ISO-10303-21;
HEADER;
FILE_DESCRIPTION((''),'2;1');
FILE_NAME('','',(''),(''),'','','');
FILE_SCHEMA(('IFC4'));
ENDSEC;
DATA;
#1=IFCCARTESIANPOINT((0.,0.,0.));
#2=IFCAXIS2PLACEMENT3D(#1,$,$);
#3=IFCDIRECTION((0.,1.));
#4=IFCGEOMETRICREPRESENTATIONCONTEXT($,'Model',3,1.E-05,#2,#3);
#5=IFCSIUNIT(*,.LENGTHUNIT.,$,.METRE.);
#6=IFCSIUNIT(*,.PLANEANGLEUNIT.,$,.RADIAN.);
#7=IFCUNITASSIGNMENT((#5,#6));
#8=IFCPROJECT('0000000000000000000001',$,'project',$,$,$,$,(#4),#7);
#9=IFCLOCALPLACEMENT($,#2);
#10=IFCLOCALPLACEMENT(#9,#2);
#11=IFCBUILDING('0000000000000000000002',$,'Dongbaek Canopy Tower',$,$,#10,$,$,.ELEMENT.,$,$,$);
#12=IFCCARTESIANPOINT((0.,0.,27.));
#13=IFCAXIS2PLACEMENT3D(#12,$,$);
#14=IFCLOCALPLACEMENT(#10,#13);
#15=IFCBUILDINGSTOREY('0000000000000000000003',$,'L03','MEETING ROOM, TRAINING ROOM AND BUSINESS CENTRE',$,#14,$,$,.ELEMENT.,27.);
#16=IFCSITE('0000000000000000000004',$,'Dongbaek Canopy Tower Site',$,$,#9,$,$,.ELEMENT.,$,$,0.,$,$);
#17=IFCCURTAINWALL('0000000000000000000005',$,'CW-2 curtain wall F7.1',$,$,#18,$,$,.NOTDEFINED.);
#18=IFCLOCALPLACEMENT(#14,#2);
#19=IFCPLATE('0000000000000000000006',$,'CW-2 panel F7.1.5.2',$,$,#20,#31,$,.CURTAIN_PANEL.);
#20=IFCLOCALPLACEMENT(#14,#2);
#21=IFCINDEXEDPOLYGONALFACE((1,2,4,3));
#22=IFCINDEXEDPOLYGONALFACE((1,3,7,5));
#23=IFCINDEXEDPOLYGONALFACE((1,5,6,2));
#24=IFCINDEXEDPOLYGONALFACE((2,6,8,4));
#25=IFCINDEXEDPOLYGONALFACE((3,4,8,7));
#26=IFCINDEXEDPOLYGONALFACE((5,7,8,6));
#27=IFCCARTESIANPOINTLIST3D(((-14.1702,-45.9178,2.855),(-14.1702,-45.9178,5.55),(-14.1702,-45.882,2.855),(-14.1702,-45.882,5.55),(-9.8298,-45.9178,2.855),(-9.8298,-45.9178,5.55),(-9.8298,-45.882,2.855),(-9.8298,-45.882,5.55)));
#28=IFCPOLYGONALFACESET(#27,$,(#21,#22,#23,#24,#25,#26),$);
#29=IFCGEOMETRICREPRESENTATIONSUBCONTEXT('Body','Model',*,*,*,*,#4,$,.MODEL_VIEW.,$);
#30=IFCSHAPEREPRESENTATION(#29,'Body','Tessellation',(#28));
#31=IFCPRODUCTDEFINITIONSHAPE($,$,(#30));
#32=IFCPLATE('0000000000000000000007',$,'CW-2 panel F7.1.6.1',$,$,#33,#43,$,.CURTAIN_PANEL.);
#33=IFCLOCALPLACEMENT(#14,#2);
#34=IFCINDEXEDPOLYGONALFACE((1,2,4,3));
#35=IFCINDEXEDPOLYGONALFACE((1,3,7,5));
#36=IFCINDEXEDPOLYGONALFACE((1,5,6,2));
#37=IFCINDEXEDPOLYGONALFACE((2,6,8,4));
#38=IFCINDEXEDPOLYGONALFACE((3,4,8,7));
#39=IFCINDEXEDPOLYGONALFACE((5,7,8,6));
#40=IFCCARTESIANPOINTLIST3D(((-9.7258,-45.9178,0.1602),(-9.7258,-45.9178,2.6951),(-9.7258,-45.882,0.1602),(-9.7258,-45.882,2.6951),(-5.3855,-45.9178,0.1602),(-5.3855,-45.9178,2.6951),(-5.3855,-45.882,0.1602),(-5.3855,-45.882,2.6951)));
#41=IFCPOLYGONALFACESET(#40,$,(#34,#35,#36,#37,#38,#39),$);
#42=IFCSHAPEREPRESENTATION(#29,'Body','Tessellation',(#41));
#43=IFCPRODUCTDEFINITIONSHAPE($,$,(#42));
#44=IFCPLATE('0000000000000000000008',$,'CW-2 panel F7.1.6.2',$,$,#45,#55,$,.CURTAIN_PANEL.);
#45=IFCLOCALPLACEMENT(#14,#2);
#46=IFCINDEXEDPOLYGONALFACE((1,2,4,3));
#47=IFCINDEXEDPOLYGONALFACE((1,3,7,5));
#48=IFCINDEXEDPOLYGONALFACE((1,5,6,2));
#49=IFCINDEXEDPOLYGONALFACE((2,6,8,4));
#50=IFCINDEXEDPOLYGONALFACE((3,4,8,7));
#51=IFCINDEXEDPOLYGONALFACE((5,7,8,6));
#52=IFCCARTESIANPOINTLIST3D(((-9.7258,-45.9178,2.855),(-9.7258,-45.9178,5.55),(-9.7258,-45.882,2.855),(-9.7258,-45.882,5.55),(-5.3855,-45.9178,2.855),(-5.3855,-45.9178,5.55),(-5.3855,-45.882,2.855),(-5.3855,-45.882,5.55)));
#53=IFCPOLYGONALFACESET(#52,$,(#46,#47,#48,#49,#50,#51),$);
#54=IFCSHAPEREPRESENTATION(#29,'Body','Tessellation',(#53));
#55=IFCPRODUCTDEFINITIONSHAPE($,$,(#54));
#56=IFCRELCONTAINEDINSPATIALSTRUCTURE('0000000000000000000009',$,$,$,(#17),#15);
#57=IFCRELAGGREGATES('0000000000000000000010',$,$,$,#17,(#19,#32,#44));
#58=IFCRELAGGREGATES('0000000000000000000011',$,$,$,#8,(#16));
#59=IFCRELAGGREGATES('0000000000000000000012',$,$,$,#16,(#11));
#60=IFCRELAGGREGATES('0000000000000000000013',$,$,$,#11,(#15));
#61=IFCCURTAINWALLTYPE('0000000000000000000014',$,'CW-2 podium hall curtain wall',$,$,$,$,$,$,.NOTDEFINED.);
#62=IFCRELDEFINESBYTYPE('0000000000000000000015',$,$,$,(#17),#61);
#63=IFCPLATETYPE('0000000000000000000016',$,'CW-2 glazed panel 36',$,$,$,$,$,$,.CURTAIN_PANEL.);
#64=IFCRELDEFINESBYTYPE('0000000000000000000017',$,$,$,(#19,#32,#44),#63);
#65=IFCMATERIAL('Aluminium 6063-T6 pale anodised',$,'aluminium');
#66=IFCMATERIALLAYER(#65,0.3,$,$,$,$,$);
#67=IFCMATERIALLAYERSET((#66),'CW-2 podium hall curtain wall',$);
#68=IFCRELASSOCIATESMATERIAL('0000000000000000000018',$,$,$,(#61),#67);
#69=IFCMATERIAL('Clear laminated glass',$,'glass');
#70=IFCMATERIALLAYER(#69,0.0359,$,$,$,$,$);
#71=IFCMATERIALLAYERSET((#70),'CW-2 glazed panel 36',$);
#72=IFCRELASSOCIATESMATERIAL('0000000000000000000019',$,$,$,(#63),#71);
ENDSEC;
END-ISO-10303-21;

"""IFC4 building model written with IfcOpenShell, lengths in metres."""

from ifc_helpers import new_model, si_unit, direction, frame, origin, origin_2d, place, context, subcontext, project, spatial, rectangle, extrude, material, layer, layer_set, type_object, element, aggregate, save


model = new_model("IFC4")

# Units and contexts
model_context = context("Model", 3, precision=1e-05, world=origin(), true_north=direction((0.0, 1.0)))
body_context = subcontext(model_context, "Body", "Model", "MODEL_VIEW")
ifc_project = project(units=[si_unit("LENGTHUNIT", "METRE"), si_unit("PLANEANGLEUNIT", "RADIAN")], contexts=[model_context])

# Site, building, storey
site_placement = place(None, origin())
site = spatial("IfcSite", under=ifc_project, at=site_placement, Name="Dongbaek Canopy Tower Site", CompositionType="ELEMENT", RefElevation=0.0)
building_placement = place(site_placement, origin())
building = spatial("IfcBuilding", under=site, at=building_placement, Name="Dongbaek Canopy Tower", CompositionType="ELEMENT")
storey_placement = place(building_placement, frame((0.0, 0.0, 27.0)))
storey = spatial("IfcBuildingStorey", under=building, at=storey_placement, Name="L03", Description="MEETING ROOM, TRAINING ROOM AND BUSINESS CENTRE", CompositionType="ELEMENT", Elevation=27.0)

# Curtain wall, plates
ifc_material_1 = material(Name="Aluminium 6063-T6 pale anodised", Category="aluminium")
ifc_layer_1 = layer(ifc_material_1, 0.3)
ifc_layer_set_1 = layer_set([ifc_layer_1], Name="CW-2 podium hall curtain wall")
curtain_wall_type = type_object("IfcCurtainWallType", Name="CW-2 podium hall curtain wall", PredefinedType="NOTDEFINED", material=ifc_layer_set_1)
curtain_wall_placement = place(storey_placement, origin())
curtain_wall = element("IfcCurtainWall", 1, at=curtain_wall_placement, inside=storey, type_object=curtain_wall_type, Name="CW-2 curtain wall F7.1", PredefinedType="NOTDEFINED")
ifc_material_2 = material(Name="Clear laminated glass", Category="glass")
ifc_layer_2 = layer(ifc_material_2, 0.0359)
ifc_layer_set_2 = layer_set([ifc_layer_2], Name="CW-2 glazed panel 36")
plate_type = type_object("IfcPlateType", Name="CW-2 glazed panel 36", PredefinedType="CURTAIN_PANEL", material=ifc_layer_set_2)
plate_1_placement = place(storey_placement, frame((-12.0, -45.8999, 2.855), z_axis=(0.0, 0.0, 1.0), x_axis=(1.0, 0.0, 0.0)))
plate_1 = element("IfcPlate", 2, at=plate_1_placement, type_object=plate_type, Name="CW-2 panel F7.1.5.2", PredefinedType="CURTAIN_PANEL", context=body_context, shape_type="SweptSolid", body=[
    extrude(rectangle(XDim=4.3403, YDim=0.0359, at=origin_2d()), origin(), (0.0, 0.0, 1.0), 2.6951),
])
plate_2_placement = place(storey_placement, frame((-7.5557, -45.8999, 0.1602), z_axis=(0.0, 0.0, 1.0), x_axis=(1.0, 0.0, 0.0)))
plate_2 = element("IfcPlate", 3, at=plate_2_placement, type_object=plate_type, Name="CW-2 panel F7.1.6.1", PredefinedType="CURTAIN_PANEL", context=body_context, shape_type="SweptSolid", body=[
    extrude(rectangle(XDim=4.3403, YDim=0.0359, at=origin_2d()), origin(), (0.0, 0.0, 1.0), 2.5349),
])
plate_3_placement = place(storey_placement, frame((-7.5557, -45.8999, 2.855), z_axis=(0.0, 0.0, 1.0), x_axis=(1.0, 0.0, 0.0)))
plate_3 = element("IfcPlate", 4, at=plate_3_placement, type_object=plate_type, Name="CW-2 panel F7.1.6.2", PredefinedType="CURTAIN_PANEL", context=body_context, shape_type="SweptSolid", body=[
    extrude(rectangle(XDim=4.3403, YDim=0.0359, at=origin_2d()), origin(), (0.0, 0.0, 1.0), 2.6951),
])
aggregate(curtain_wall, [plate_1, plate_2, plate_3])

save(model, "model.ifc")
